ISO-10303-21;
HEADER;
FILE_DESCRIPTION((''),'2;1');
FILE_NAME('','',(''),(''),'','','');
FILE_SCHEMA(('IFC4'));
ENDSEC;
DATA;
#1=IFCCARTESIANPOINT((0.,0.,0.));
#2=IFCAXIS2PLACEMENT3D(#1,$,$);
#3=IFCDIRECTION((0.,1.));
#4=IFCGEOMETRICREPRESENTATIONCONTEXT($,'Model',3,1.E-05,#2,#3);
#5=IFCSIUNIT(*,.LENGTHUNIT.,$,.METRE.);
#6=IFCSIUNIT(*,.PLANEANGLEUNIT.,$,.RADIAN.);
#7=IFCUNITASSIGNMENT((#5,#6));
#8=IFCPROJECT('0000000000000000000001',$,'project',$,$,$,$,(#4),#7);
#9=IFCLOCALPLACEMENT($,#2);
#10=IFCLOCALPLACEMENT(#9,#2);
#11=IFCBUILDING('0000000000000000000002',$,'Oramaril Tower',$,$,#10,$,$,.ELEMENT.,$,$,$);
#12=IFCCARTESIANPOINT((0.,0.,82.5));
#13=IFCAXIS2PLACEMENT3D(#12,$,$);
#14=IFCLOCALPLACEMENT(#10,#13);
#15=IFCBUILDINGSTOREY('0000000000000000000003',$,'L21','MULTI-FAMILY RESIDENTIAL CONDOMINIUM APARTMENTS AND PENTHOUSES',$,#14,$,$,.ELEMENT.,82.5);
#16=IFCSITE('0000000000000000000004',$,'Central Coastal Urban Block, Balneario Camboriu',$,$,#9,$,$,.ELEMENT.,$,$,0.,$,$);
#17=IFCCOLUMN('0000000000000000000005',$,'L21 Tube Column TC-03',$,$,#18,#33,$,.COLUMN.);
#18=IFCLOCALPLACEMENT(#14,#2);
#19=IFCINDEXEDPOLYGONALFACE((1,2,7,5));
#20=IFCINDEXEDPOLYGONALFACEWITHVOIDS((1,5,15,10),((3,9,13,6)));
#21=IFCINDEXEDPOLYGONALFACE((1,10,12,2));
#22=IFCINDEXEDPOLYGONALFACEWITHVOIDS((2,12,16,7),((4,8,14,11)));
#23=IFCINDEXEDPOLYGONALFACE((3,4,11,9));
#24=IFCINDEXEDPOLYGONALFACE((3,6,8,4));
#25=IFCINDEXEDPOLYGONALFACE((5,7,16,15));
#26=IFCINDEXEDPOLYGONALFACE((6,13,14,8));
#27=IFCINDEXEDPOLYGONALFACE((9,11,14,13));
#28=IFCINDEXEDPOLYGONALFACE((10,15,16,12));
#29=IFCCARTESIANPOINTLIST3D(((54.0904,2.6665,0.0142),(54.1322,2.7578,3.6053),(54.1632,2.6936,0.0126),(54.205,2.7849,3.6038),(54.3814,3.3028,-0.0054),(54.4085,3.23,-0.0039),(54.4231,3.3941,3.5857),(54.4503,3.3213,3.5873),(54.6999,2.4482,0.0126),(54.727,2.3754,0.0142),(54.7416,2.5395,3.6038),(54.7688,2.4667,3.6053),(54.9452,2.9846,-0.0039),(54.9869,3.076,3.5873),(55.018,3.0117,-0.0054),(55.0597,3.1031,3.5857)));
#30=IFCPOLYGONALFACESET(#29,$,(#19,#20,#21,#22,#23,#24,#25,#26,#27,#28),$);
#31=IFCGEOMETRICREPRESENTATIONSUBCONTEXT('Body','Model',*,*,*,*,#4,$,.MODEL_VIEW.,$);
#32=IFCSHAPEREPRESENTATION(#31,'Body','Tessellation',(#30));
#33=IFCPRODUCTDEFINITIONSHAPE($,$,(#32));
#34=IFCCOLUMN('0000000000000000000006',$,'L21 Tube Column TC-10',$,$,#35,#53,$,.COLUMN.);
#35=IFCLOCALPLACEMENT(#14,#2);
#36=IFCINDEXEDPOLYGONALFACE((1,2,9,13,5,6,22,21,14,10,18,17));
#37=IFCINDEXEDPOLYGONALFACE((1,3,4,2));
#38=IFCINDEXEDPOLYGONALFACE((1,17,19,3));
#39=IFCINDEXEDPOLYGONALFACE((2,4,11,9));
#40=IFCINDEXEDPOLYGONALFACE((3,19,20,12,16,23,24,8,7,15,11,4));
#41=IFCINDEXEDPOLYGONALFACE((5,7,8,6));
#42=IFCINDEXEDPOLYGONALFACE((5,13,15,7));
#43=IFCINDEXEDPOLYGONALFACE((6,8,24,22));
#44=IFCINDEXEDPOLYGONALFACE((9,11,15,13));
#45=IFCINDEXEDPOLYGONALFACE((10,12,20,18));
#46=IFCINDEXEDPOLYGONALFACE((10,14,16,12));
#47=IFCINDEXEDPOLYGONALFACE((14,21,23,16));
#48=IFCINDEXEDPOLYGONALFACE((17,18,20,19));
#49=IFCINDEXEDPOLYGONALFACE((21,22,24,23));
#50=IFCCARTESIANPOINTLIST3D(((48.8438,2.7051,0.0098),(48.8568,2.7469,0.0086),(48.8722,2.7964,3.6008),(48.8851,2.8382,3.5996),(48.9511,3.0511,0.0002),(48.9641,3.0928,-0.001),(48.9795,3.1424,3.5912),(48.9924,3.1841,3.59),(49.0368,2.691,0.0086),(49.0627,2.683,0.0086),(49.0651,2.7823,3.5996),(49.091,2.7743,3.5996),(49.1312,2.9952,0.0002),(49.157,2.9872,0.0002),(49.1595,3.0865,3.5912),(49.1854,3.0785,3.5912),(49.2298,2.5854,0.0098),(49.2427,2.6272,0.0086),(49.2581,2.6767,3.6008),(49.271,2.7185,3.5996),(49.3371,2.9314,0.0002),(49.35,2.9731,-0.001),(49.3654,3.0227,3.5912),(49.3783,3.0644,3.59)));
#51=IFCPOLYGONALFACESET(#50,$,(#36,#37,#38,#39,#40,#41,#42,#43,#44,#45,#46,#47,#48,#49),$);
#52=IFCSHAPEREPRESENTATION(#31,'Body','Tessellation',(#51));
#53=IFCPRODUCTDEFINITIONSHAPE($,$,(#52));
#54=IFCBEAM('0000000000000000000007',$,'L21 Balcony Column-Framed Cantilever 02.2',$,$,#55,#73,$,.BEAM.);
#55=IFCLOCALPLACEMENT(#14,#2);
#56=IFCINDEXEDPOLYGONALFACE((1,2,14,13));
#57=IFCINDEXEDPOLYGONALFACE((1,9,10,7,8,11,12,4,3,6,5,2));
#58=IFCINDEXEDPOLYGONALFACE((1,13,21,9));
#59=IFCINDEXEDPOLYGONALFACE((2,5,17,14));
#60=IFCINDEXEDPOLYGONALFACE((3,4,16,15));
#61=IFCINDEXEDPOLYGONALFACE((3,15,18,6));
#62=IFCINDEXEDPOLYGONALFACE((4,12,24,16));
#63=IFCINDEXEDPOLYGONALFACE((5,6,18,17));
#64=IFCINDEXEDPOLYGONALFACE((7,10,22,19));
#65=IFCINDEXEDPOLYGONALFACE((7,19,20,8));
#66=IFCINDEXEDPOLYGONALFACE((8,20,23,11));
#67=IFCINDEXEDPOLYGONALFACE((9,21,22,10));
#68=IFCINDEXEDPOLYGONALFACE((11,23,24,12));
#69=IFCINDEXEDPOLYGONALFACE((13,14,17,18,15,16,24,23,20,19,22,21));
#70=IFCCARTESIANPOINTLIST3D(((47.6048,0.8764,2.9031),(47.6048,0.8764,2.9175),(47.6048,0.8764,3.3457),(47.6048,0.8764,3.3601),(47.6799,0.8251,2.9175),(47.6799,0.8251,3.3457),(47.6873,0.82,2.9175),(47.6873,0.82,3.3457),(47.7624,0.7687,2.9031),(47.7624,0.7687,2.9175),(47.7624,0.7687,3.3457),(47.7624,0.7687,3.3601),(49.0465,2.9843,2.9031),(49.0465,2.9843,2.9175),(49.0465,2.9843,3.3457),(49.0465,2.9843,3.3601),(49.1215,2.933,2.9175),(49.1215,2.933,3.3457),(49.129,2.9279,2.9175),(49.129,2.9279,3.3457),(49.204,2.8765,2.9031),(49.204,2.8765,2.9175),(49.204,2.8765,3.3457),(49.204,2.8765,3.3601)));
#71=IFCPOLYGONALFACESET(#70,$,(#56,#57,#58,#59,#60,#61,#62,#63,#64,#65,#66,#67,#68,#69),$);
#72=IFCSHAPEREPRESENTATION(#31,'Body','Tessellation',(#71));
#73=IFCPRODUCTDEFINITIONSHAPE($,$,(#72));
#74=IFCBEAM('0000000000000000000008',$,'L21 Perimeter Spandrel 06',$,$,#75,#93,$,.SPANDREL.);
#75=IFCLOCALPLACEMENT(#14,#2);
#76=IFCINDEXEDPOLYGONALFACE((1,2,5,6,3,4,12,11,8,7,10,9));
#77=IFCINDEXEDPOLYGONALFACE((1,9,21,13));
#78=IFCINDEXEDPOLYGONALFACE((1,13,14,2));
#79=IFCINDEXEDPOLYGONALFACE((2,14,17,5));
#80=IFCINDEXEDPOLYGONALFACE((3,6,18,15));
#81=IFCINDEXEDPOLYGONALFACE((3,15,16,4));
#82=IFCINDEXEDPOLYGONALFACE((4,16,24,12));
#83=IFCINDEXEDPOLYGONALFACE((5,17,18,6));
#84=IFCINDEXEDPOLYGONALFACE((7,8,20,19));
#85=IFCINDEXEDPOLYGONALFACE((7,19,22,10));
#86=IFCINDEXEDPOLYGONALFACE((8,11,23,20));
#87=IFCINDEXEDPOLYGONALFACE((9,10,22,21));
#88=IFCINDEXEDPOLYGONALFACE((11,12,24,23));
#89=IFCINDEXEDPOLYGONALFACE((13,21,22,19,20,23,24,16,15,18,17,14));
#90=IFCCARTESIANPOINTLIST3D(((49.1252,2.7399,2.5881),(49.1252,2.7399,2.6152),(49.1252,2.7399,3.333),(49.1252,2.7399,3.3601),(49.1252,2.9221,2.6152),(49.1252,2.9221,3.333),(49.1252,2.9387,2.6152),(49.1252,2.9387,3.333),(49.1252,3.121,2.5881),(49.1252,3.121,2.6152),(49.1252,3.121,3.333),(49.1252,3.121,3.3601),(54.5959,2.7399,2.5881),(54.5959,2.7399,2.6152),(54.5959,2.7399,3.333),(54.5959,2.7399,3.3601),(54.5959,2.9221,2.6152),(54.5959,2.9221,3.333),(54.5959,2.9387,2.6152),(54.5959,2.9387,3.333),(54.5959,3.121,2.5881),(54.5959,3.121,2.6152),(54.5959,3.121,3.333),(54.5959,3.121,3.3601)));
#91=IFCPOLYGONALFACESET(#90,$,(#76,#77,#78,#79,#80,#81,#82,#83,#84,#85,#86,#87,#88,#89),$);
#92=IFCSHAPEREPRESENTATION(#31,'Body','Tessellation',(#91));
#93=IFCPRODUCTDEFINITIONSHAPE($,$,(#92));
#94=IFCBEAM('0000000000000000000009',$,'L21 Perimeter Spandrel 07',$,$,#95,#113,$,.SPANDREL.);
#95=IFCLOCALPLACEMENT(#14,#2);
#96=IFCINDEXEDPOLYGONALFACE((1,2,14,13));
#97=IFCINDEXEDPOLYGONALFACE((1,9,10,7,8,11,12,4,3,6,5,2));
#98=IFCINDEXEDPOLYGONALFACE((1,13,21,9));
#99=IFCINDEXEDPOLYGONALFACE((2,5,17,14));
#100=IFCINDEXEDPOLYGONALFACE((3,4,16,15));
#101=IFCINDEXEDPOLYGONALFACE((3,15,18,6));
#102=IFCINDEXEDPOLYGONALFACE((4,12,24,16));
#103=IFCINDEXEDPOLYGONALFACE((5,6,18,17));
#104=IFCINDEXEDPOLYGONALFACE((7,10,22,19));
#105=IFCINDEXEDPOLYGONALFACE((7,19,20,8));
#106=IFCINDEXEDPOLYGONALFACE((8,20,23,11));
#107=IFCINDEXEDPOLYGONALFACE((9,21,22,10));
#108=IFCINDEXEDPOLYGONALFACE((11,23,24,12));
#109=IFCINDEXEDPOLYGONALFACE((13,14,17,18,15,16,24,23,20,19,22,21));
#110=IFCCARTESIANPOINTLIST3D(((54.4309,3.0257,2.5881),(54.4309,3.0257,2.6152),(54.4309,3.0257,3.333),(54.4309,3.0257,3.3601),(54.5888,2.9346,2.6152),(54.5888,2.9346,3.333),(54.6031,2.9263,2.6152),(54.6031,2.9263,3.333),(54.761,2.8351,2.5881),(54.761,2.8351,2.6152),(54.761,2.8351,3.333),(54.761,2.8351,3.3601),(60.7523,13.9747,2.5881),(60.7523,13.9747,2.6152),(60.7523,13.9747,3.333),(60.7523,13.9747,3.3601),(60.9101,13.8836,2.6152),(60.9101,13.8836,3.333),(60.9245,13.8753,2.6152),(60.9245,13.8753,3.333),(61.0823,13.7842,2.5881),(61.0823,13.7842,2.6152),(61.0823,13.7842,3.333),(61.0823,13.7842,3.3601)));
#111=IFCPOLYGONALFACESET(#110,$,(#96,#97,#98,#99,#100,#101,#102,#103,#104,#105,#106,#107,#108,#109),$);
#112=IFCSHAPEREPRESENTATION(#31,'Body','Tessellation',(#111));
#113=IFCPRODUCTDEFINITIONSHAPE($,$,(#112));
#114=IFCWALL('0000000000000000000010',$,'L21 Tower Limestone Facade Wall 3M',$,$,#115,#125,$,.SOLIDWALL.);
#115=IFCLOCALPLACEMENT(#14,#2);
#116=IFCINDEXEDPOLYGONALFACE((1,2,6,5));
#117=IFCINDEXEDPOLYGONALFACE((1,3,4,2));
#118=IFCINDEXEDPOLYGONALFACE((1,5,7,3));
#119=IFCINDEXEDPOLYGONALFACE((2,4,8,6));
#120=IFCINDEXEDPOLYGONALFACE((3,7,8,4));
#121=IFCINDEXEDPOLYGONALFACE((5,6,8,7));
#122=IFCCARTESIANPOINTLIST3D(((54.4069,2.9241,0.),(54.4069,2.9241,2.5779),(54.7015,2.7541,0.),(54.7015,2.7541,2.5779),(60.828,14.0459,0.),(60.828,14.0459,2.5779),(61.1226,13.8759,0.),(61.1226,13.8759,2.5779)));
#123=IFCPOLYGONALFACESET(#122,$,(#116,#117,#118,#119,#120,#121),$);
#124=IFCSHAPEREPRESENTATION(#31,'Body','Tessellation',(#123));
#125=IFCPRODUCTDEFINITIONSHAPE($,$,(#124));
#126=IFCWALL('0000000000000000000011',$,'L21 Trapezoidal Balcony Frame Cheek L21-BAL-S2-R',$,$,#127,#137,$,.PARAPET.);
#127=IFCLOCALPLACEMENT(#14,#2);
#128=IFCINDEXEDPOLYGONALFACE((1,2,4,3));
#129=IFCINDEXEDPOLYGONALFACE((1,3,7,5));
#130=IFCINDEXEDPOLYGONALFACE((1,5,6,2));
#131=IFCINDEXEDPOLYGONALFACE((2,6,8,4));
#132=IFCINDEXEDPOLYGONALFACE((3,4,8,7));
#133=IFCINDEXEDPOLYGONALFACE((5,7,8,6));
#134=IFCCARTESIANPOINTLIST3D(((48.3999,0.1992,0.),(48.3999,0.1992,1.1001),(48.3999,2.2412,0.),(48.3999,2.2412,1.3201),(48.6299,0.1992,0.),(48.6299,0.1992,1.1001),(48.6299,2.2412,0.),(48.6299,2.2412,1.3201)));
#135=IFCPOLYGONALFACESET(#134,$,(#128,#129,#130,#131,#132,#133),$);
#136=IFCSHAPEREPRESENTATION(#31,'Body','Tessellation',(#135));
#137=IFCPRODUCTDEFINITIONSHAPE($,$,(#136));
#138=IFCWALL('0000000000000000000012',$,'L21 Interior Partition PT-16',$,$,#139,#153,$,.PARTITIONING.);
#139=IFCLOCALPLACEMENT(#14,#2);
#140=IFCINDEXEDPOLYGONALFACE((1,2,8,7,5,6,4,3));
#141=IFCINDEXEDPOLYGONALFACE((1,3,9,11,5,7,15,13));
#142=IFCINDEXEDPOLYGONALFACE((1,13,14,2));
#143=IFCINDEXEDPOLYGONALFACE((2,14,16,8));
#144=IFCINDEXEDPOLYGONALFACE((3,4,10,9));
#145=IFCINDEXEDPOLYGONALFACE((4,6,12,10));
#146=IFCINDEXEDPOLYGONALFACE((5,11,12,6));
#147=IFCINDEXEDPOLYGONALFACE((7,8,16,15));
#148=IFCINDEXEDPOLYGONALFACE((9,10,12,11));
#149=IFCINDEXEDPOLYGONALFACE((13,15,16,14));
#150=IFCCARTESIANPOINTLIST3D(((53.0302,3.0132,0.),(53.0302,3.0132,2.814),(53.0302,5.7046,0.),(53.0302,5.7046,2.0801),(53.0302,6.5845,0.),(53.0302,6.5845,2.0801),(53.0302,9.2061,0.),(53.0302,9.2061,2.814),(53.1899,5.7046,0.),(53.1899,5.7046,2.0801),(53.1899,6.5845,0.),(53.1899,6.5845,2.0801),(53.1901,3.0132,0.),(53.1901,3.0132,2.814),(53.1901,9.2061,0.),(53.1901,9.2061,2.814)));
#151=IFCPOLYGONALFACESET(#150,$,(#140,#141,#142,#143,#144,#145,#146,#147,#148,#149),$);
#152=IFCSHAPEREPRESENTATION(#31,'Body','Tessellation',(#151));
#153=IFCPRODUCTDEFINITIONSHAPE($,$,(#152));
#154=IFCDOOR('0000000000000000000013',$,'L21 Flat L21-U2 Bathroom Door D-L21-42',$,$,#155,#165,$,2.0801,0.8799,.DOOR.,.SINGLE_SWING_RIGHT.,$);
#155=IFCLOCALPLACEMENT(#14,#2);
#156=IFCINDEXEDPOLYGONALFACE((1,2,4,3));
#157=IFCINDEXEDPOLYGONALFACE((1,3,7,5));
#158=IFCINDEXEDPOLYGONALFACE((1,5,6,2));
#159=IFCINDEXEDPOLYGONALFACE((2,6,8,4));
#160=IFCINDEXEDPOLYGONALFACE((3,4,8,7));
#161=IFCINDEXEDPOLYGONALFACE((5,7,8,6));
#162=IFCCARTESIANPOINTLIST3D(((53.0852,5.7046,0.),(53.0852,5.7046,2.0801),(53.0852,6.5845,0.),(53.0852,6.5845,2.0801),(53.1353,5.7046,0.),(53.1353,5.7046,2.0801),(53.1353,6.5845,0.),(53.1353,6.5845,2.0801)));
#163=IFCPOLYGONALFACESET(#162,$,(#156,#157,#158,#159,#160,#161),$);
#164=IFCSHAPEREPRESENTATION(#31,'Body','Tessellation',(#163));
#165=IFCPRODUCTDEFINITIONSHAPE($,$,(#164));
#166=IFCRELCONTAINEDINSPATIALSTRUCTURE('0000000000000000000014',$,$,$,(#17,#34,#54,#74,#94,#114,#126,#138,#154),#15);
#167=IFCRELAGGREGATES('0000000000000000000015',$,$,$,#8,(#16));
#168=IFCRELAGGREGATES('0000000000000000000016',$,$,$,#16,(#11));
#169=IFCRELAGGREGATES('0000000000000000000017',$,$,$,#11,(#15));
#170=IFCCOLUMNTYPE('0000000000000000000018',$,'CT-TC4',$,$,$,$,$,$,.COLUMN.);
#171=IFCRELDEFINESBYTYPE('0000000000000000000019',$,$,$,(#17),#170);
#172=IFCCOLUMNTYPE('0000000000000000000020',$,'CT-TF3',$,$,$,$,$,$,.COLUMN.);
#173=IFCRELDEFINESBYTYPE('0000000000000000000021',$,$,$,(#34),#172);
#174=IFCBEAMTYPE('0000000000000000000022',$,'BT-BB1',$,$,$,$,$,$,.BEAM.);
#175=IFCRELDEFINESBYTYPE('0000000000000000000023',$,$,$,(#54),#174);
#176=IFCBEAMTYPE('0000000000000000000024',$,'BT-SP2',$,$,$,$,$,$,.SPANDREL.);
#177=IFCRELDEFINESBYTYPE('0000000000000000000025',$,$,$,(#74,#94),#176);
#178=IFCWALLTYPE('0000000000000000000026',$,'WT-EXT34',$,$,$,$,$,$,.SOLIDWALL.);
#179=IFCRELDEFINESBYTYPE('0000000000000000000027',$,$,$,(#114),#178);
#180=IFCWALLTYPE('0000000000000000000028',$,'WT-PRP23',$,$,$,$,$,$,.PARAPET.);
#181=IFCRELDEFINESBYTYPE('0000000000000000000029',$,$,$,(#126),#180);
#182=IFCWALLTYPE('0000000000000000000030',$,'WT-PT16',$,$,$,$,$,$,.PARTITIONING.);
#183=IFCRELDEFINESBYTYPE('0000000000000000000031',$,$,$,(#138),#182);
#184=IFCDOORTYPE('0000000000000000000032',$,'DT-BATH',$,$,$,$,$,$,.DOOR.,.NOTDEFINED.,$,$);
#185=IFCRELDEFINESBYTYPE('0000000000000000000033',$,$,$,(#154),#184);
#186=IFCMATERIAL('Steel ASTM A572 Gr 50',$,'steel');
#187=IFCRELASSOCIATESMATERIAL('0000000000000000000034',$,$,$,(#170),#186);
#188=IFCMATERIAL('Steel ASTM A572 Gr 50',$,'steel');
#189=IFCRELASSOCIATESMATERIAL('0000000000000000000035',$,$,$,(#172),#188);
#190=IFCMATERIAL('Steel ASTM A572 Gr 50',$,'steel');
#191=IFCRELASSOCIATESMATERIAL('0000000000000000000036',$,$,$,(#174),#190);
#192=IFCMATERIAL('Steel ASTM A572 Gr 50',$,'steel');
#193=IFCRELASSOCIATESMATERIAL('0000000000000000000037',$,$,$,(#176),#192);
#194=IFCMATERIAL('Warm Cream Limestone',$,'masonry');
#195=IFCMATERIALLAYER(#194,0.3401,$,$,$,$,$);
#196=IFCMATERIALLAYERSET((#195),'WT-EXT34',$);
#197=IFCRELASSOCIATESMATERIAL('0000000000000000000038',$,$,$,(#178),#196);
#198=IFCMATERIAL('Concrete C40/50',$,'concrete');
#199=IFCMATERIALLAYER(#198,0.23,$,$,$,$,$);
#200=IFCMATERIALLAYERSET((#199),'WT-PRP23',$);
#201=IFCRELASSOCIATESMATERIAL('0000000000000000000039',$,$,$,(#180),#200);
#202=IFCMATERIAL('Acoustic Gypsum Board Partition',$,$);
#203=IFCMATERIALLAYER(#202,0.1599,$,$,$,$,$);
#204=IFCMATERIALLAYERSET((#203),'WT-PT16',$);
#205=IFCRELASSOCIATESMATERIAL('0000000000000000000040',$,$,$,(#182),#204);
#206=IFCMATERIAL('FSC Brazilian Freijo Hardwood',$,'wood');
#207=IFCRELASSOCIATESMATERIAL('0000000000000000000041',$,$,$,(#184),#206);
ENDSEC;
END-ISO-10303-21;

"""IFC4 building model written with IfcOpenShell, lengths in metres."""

from ifc_helpers import new_model, si_unit, direction, frame, frame_2d, origin, origin_2d, place, context, subcontext, project, spatial, polyline, rectangle, hollow_rectangle, i_section, outline, extrude, material, layer, layer_set, material_profile, profile_set, type_object, element, fill, save


model = new_model("IFC4")

# Units and contexts
model_context = context("Model", 3, precision=1e-05, world=origin(), true_north=direction((0.0, 1.0)))
body_context = subcontext(model_context, "Body", "Model", "MODEL_VIEW")
ifc_project = project(units=[si_unit("LENGTHUNIT", "METRE"), si_unit("PLANEANGLEUNIT", "RADIAN")], contexts=[model_context])

# Site, building, storey
site_placement = place(None, origin())
site = spatial("IfcSite", under=ifc_project, at=site_placement, Name="Central Coastal Urban Block, Balneario Camboriu", CompositionType="ELEMENT", RefElevation=0.0)
building_placement = place(site_placement, origin())
building = spatial("IfcBuilding", under=site, at=building_placement, Name="Oramaril Tower", CompositionType="ELEMENT")
storey_placement = place(building_placement, frame((0.0, 0.0, 82.5)))
storey = spatial("IfcBuildingStorey", under=building, at=storey_placement, Name="L21", Description="MULTI-FAMILY RESIDENTIAL CONDOMINIUM APARTMENTS AND PENTHOUSES", CompositionType="ELEMENT", Elevation=82.5)

# Columns
ifc_material_1 = material(Name="Steel ASTM A572 Gr 50", Category="steel")
ifc_material_profile_1 = material_profile(ifc_material_1, hollow_rectangle(XDim=0.7, YDim=0.7, WallThickness=0.0549, at=origin_2d()), Name="BOX700X700X55")
ifc_profile_set_1 = profile_set([ifc_material_profile_1], Name="Steel ASTM A572 Gr 50")
column_type_1 = type_object("IfcColumnType", Name="CT-TC4", PredefinedType="COLUMN", material=ifc_profile_set_1)
column_1_placement = place(storey_placement, frame((54.5542, 2.8391, 0.0044), z_axis=(0.011621, 0.025417, 0.999609), x_axis=(-0.909448, 0.415817, 0.0)))
element("IfcColumn", 1, at=column_1_placement, inside=storey, type_object=column_type_1, Name="L21 Tube Column TC-03", PredefinedType="COLUMN", context=body_context, shape_type="SweptSolid", body=[
    extrude(hollow_rectangle(XDim=0.7, YDim=0.7, WallThickness=0.0549, at=origin_2d()), origin(), (0.0, 0.0, 1.0), 3.5925),
])
ifc_material_2 = material(Name="Steel ASTM A572 Gr 50", Category="steel")
ifc_material_profile_2 = material_profile(ifc_material_2, i_section(OverallWidth=0.4041, OverallDepth=0.406, WebThickness=0.0271, FlangeThickness=0.0437, at=origin_2d()), Name="W14X233")
ifc_profile_set_2 = profile_set([ifc_material_profile_2], Name="Steel ASTM A572 Gr 50")
column_type_2 = type_object("IfcColumnType", Name="CT-TF3", PredefinedType="COLUMN", material=ifc_profile_set_2)
column_2_placement = place(storey_placement, frame((49.0969, 2.8391, 0.0044), z_axis=(0.007884, 0.025418, 0.999646), x_axis=(-0.955114, 0.296239, 0.0)))
element("IfcColumn", 2, at=column_2_placement, inside=storey, type_object=column_type_2, Name="L21 Tube Column TC-10", PredefinedType="COLUMN", context=body_context, shape_type="SweptSolid", body=[
    extrude(i_section(OverallWidth=0.4041, OverallDepth=0.406, WebThickness=0.0271, FlangeThickness=0.0437, at=origin_2d()), origin(), (0.0, 0.0, 1.0), 3.5923),
])

# Beams
ifc_material_3 = material(Name="Steel ASTM A572 Gr 50", Category="steel")
ifc_material_profile_3 = material_profile(ifc_material_3, i_section(OverallWidth=0.1909, OverallDepth=0.457, WebThickness=0.009, FlangeThickness=0.0144, at=origin_2d()), Name="W18X50")
ifc_profile_set_3 = profile_set([ifc_material_profile_3], Name="Steel ASTM A572 Gr 50")
beam_type_1 = type_object("IfcBeamType", Name="BT-BB1", PredefinedType="BEAM", material=ifc_profile_set_3)
beam_1_placement = place(storey_placement, frame((49.1252, 2.9304, 3.1316), z_axis=(-0.564523, -0.825417, 0.0), x_axis=(0.825417, -0.564523, 0.0)))
element("IfcBeam", 3, at=beam_1_placement, inside=storey, type_object=beam_type_1, Name="L21 Balcony Column-Framed Cantilever 02.2", PredefinedType="BEAM", context=body_context, shape_type="SweptSolid", body=[
    extrude(i_section(OverallWidth=0.1909, OverallDepth=0.457, WebThickness=0.009, FlangeThickness=0.0144, at=origin_2d()), origin(), (0.0, 0.0, 1.0), 2.5537),
])
ifc_material_4 = material(Name="Steel ASTM A572 Gr 50", Category="steel")
ifc_material_profile_4 = material_profile(ifc_material_4, i_section(OverallWidth=0.3811, OverallDepth=0.772, WebThickness=0.0166, FlangeThickness=0.0271, at=origin_2d()), Name="W30X173")
ifc_profile_set_4 = profile_set([ifc_material_profile_4], Name="Steel ASTM A572 Gr 50")
beam_type_2 = type_object("IfcBeamType", Name="BT-SP2", PredefinedType="SPANDREL", material=ifc_profile_set_4)
beam_2_placement = place(storey_placement, frame((49.1252, 2.9304, 2.9741), z_axis=(1.0, 0.0, 0.0), x_axis=(0.0, 1.0, 0.0)))
element("IfcBeam", 4, at=beam_2_placement, inside=storey, type_object=beam_type_2, Name="L21 Perimeter Spandrel 06", PredefinedType="SPANDREL", context=body_context, shape_type="SweptSolid", body=[
    extrude(i_section(OverallWidth=0.3811, OverallDepth=0.772, WebThickness=0.0166, FlangeThickness=0.0271, at=origin_2d()), origin(), (0.0, 0.0, 1.0), 5.4707),
])
beam_3_placement = place(storey_placement, frame((54.5959, 2.9304, 2.9741), z_axis=(0.499994, 0.866029, 0.0), x_axis=(-0.866029, 0.499994, 0.0)))
element("IfcBeam", 5, at=beam_3_placement, inside=storey, type_object=beam_type_2, Name="L21 Perimeter Spandrel 07", PredefinedType="SPANDREL", context=body_context, shape_type="SweptSolid", body=[
    extrude(i_section(OverallWidth=0.3811, OverallDepth=0.772, WebThickness=0.0166, FlangeThickness=0.0271, at=origin_2d()), origin(), (0.0, 0.0, 1.0), 12.6428),
])

# Walls
ifc_material_5 = material(Name="Warm Cream Limestone", Category="masonry")
ifc_layer_1 = layer(ifc_material_5, 0.3401)
ifc_layer_set_1 = layer_set([ifc_layer_1], Name="WT-EXT34")
wall_type_1 = type_object("IfcWallType", Name="WT-EXT34", PredefinedType="SOLIDWALL", material=ifc_layer_set_1)
wall_1_placement = place(storey_placement, frame((54.5542, 2.8391, 0.0), z_axis=(0.0, 0.0, 1.0), x_axis=(0.499997, 0.866027, 0.0)))
element("IfcWall", 6, at=wall_1_placement, inside=storey, type_object=wall_type_1, Name="L21 Tower Limestone Facade Wall 3M", PredefinedType="SOLIDWALL", context=body_context, shape_type="SweptSolid", body=[
    extrude(rectangle(XDim=12.8423, YDim=0.3401, at=frame_2d((6.4211, 0.0))), origin(), (0.0, 0.0, 1.0), 2.5779),
])
ifc_material_6 = material(Name="Concrete C40/50", Category="concrete")
ifc_layer_2 = layer(ifc_material_6, 0.23)
ifc_layer_set_2 = layer_set([ifc_layer_2], Name="WT-PRP23")
wall_type_2 = type_object("IfcWallType", Name="WT-PRP23", PredefinedType="PARAPET", material=ifc_layer_set_2)
wall_2_placement = place(storey_placement, frame((48.5149, 2.2412, 0.0), z_axis=(0.0, 0.0, 1.0), x_axis=(0.0, -1.0, 0.0)))
element("IfcWall", 7, at=wall_2_placement, inside=storey, type_object=wall_type_2, Name="L21 Trapezoidal Balcony Frame Cheek L21-BAL-S2-R", PredefinedType="PARAPET", context=body_context, shape_type="SweptSolid", body=[
    extrude(outline(polyline([(0.0, 0.0), (2.042, 0.0), (2.042, 1.1001), (0.0, 1.3201), (0.0, 0.0)])), frame((0.0, 0.115, 0.0), z_axis=(0.0, -1.0, 0.0), x_axis=(1.0, 0.0, 0.0)), (0.0, 0.0, 1.0), 0.23),
])

# Wall, opening, door
ifc_material_7 = material(Name="Acoustic Gypsum Board Partition")
ifc_layer_3 = layer(ifc_material_7, 0.1599)
ifc_layer_set_3 = layer_set([ifc_layer_3], Name="WT-PT16")
wall_type_3 = type_object("IfcWallType", Name="WT-PT16", PredefinedType="PARTITIONING", material=ifc_layer_set_3)
wall_3_placement = place(storey_placement, frame((53.1101, 3.0132, 0.0), z_axis=(0.0, 0.0, 1.0), x_axis=(0.0, 1.0, 0.0)))
wall_3 = element("IfcWall", 8, at=wall_3_placement, inside=storey, type_object=wall_type_3, Name="L21 Interior Partition PT-16", PredefinedType="PARTITIONING", context=body_context, shape_type="SweptSolid", body=[
    extrude(rectangle(XDim=6.1929, YDim=0.1599, at=frame_2d((3.0964, 0.0))), origin(), (0.0, 0.0, 1.0), 2.814),
])
opening_placement = place(wall_3_placement, frame((2.6914, 0.0, 0.0)))
opening = element("IfcOpeningElement", 9, at=opening_placement, cuts=wall_3, PredefinedType="OPENING", context=body_context, shape_type="SweptSolid", body=[
    extrude(rectangle(XDim=0.8799, YDim=2.0801, at=frame_2d((0.4399, 1.04))), frame((0.0, 0.0801, 0.0), z_axis=(0.0, -1.0, 0.0), x_axis=(1.0, 0.0, 0.0)), (0.0, 0.0, 1.0), 0.1599),
])
ifc_material_8 = material(Name="FSC Brazilian Freijo Hardwood", Category="wood")
door_type = type_object("IfcDoorType", Name="DT-BATH", OperationType="NOTDEFINED", PredefinedType="DOOR", material=ifc_material_8)
door_placement = place(opening_placement, origin())
door = element("IfcDoor", 10, at=door_placement, inside=storey, type_object=door_type, Name="L21 Flat L21-U2 Bathroom Door D-L21-42", OperationType="SINGLE_SWING_RIGHT", OverallHeight=2.0801, OverallWidth=0.8799, PredefinedType="DOOR", context=body_context, shape_type="SweptSolid", body=[
    extrude(rectangle(XDim=0.8799, YDim=2.0801, at=frame_2d((0.4399, 1.04))), frame((0.0, 0.0249, 0.0), z_axis=(0.0, -1.0, 0.0), x_axis=(1.0, 0.0, 0.0)), (0.0, 0.0, 1.0), 0.05),
])
fill(opening, door)

save(model, "model.ifc")
